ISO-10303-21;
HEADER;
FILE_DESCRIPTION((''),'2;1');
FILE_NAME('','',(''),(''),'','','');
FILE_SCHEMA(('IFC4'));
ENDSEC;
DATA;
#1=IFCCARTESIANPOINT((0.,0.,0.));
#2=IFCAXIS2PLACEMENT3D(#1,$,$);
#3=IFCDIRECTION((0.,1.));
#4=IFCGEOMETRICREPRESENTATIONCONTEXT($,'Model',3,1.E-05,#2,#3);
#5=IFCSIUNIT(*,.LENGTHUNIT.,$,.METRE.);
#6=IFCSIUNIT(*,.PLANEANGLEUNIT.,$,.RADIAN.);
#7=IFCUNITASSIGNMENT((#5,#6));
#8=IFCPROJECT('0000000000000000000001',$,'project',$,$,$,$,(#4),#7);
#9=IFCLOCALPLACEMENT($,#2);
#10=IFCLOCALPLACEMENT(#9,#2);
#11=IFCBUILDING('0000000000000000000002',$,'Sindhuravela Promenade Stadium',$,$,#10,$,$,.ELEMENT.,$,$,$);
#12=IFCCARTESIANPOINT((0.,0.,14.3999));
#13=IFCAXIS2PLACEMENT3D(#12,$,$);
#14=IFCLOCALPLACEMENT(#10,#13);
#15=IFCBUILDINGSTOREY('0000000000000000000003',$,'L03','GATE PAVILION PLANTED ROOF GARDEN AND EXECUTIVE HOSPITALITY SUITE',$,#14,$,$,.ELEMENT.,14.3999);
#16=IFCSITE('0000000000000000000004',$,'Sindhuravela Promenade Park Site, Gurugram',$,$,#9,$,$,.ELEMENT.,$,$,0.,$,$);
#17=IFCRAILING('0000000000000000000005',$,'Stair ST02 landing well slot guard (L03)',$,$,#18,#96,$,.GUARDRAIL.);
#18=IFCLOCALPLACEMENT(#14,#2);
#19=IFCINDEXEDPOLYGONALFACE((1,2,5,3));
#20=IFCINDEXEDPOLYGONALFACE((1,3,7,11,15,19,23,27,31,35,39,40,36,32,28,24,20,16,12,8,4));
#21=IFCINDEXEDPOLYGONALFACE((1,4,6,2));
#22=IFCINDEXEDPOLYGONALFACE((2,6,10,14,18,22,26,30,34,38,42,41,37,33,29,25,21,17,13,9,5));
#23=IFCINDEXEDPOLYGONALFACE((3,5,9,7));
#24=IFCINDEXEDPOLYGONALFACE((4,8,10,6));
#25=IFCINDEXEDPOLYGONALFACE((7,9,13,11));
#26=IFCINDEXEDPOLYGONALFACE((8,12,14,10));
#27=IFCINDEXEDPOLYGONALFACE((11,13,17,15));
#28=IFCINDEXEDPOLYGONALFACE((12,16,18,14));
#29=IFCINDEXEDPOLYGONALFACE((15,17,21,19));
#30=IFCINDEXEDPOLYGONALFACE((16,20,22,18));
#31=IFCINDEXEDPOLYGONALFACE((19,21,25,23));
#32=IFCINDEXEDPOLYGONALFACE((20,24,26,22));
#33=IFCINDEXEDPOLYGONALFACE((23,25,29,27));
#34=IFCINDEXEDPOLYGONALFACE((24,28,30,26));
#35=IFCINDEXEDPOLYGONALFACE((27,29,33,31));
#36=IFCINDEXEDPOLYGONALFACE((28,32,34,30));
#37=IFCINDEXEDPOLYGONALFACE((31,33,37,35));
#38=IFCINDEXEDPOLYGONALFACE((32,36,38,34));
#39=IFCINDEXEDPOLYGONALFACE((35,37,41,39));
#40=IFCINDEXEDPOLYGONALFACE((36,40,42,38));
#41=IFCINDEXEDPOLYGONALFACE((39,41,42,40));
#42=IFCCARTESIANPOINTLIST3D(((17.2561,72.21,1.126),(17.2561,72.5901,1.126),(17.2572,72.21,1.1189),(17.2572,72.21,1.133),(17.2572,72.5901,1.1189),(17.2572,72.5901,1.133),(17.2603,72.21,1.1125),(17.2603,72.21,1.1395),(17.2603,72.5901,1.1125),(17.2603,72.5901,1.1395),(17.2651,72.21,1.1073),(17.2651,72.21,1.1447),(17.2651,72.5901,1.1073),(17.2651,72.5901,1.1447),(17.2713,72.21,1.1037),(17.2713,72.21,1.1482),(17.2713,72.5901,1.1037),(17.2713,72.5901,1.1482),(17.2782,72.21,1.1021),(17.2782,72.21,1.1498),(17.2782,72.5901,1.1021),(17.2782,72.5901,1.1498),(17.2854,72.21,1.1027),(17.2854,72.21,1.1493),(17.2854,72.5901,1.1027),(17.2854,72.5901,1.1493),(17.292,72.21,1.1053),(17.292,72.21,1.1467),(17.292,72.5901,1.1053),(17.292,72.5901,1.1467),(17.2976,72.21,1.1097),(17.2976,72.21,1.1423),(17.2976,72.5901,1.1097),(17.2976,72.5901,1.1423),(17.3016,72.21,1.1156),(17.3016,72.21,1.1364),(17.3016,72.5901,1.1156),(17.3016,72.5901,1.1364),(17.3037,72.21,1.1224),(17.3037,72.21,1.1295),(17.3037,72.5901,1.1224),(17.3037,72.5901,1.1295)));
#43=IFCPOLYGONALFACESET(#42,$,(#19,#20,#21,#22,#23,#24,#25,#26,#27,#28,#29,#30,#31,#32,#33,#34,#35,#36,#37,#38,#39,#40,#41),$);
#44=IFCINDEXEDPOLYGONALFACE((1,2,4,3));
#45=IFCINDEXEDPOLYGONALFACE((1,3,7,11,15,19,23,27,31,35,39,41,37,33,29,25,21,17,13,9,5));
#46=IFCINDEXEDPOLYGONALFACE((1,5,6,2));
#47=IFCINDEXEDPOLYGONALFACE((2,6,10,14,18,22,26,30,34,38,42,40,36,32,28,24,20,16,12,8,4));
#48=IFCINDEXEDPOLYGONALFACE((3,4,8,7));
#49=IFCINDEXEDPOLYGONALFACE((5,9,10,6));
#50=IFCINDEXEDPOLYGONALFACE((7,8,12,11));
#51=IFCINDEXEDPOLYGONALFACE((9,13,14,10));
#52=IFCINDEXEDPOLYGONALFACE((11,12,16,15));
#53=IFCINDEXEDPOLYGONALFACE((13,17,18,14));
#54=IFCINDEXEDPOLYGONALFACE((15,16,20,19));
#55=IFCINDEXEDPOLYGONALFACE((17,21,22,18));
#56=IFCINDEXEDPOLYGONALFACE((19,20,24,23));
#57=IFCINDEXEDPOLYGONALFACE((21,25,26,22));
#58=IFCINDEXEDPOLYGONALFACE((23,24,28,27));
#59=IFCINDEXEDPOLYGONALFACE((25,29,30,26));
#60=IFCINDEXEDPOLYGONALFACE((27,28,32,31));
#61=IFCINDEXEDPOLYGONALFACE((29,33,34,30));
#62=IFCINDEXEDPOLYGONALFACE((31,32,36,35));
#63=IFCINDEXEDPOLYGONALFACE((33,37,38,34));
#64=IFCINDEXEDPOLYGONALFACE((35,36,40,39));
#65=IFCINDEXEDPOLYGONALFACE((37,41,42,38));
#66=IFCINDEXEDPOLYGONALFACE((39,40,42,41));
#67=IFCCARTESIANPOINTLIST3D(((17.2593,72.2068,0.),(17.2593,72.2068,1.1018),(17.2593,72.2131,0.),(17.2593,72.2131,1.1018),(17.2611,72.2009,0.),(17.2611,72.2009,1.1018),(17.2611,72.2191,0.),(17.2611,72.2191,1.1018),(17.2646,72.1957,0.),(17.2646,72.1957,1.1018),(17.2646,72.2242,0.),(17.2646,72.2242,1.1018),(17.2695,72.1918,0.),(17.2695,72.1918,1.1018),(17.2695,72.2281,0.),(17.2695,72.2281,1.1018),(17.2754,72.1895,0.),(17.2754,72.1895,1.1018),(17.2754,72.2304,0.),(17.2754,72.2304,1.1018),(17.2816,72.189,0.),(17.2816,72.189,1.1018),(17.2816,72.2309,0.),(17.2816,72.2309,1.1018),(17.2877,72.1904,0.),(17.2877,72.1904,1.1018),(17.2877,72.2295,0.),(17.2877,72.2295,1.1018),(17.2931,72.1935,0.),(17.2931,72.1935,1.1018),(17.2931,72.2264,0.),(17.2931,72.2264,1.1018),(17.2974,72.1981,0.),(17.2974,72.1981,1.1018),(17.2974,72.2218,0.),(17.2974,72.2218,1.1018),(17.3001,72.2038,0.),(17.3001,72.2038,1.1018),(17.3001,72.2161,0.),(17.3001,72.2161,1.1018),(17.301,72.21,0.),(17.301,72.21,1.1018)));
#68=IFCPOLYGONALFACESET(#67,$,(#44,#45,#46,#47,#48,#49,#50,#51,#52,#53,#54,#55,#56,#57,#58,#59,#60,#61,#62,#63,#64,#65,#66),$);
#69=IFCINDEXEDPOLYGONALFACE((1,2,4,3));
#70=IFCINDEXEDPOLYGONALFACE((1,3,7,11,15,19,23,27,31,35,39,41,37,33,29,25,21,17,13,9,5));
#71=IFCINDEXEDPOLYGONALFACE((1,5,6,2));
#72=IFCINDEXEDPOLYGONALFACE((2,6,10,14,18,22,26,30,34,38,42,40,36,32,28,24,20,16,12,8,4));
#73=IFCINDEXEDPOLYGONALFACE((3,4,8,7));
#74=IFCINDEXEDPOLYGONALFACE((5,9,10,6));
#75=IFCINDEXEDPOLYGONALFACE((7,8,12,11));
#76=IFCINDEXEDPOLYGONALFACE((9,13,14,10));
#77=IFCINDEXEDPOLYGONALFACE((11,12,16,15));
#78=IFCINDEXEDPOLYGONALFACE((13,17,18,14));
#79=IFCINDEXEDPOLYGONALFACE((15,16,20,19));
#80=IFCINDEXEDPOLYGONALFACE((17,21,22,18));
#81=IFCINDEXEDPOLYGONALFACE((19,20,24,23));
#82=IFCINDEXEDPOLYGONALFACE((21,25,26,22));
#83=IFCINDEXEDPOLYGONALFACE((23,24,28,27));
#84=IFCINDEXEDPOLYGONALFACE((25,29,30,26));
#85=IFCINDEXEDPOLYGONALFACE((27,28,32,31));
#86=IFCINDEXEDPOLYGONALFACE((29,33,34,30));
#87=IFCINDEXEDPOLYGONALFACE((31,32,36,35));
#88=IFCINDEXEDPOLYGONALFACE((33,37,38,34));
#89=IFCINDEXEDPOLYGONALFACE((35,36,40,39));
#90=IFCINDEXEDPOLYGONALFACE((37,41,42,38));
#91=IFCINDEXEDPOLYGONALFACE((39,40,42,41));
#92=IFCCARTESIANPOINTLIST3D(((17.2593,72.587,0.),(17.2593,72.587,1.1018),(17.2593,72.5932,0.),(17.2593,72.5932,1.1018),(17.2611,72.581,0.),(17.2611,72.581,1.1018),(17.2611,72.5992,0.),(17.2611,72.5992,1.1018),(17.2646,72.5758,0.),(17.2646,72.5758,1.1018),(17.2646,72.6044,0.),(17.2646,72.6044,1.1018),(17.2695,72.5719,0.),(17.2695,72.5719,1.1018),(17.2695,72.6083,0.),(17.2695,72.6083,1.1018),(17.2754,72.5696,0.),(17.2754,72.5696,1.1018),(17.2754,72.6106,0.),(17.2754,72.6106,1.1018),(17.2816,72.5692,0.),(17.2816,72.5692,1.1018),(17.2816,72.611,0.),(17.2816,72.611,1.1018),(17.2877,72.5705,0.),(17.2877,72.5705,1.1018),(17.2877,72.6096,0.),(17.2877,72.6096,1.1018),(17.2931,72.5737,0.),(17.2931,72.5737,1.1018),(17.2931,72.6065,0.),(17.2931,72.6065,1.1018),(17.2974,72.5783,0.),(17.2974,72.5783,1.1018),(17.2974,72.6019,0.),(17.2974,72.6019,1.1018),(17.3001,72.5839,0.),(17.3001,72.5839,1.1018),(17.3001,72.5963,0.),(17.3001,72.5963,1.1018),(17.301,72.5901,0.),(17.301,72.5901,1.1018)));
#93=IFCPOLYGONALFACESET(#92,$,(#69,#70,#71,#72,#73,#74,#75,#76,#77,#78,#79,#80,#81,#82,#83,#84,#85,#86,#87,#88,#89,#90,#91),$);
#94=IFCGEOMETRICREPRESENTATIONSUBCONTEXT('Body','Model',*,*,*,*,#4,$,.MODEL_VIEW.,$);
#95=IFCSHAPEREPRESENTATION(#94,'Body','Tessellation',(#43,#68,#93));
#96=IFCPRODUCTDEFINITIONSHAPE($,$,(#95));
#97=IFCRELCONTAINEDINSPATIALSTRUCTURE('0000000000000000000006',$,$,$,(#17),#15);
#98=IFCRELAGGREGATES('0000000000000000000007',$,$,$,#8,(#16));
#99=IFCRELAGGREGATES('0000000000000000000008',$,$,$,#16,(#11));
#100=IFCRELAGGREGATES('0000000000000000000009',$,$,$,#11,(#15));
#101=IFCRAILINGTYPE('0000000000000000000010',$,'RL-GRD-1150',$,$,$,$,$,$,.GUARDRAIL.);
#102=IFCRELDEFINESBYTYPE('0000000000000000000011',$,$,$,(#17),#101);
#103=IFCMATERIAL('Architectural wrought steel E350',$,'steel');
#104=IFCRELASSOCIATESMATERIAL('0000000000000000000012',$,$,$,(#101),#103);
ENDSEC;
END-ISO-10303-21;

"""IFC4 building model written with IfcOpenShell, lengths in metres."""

from ifc_helpers import new_model, si_unit, direction, frame, origin, origin_2d, place, context, subcontext, project, spatial, circle, extrude, material, type_object, element, save


model = new_model("IFC4")

# Units and contexts
model_context = context("Model", 3, precision=1e-05, world=origin(), true_north=direction((0.0, 1.0)))
body_context = subcontext(model_context, "Body", "Model", "MODEL_VIEW")
ifc_project = project(units=[si_unit("LENGTHUNIT", "METRE"), si_unit("PLANEANGLEUNIT", "RADIAN")], contexts=[model_context])

# Site, building, storey
site_placement = place(None, origin())
site = spatial("IfcSite", under=ifc_project, at=site_placement, Name="Sindhuravela Promenade Park Site, Gurugram", CompositionType="ELEMENT", RefElevation=0.0)
building_placement = place(site_placement, origin())
building = spatial("IfcBuilding", under=site, at=building_placement, Name="Sindhuravela Promenade Stadium", CompositionType="ELEMENT")
storey_placement = place(building_placement, frame((0.0, 0.0, 14.3999)))
storey = spatial("IfcBuildingStorey", under=building, at=storey_placement, Name="L03", Description="GATE PAVILION PLANTED ROOF GARDEN AND EXECUTIVE HOSPITALITY SUITE", CompositionType="ELEMENT", Elevation=14.3999)

# Shared definitions
ifc_material_1 = material(Name="Architectural wrought steel E350", Category="steel")

# Railing
railing_type_1 = type_object("IfcRailingType", Name="RL-GRD-1150", PredefinedType="GUARDRAIL", material=ifc_material_1)
railing_1_placement = place(storey_placement, frame((17.28, 72.21, 0.0)))
element("IfcRailing", 1, at=railing_1_placement, inside=storey, type_object=railing_type_1, Name="Stair ST02 landing well slot guard (L03)", PredefinedType="GUARDRAIL", context=body_context, shape_type="SweptSolid", body=[
    extrude(circle(Radius=0.0239, at=origin_2d()), frame((0.0, 0.0, 1.126), z_axis=(0.0, 1.0, 0.0), x_axis=(-1.0, 0.0, 0.0)), (0.0, 0.0, 1.0), 0.3801),
    extrude(circle(Radius=0.021, at=origin_2d()), origin(), (0.0, 0.0, 1.0), 1.1018),
    extrude(circle(Radius=0.021, at=origin_2d()), frame((0.0, 0.3801, 0.0)), (0.0, 0.0, 1.0), 1.1018),
])

save(model, "model.ifc")
